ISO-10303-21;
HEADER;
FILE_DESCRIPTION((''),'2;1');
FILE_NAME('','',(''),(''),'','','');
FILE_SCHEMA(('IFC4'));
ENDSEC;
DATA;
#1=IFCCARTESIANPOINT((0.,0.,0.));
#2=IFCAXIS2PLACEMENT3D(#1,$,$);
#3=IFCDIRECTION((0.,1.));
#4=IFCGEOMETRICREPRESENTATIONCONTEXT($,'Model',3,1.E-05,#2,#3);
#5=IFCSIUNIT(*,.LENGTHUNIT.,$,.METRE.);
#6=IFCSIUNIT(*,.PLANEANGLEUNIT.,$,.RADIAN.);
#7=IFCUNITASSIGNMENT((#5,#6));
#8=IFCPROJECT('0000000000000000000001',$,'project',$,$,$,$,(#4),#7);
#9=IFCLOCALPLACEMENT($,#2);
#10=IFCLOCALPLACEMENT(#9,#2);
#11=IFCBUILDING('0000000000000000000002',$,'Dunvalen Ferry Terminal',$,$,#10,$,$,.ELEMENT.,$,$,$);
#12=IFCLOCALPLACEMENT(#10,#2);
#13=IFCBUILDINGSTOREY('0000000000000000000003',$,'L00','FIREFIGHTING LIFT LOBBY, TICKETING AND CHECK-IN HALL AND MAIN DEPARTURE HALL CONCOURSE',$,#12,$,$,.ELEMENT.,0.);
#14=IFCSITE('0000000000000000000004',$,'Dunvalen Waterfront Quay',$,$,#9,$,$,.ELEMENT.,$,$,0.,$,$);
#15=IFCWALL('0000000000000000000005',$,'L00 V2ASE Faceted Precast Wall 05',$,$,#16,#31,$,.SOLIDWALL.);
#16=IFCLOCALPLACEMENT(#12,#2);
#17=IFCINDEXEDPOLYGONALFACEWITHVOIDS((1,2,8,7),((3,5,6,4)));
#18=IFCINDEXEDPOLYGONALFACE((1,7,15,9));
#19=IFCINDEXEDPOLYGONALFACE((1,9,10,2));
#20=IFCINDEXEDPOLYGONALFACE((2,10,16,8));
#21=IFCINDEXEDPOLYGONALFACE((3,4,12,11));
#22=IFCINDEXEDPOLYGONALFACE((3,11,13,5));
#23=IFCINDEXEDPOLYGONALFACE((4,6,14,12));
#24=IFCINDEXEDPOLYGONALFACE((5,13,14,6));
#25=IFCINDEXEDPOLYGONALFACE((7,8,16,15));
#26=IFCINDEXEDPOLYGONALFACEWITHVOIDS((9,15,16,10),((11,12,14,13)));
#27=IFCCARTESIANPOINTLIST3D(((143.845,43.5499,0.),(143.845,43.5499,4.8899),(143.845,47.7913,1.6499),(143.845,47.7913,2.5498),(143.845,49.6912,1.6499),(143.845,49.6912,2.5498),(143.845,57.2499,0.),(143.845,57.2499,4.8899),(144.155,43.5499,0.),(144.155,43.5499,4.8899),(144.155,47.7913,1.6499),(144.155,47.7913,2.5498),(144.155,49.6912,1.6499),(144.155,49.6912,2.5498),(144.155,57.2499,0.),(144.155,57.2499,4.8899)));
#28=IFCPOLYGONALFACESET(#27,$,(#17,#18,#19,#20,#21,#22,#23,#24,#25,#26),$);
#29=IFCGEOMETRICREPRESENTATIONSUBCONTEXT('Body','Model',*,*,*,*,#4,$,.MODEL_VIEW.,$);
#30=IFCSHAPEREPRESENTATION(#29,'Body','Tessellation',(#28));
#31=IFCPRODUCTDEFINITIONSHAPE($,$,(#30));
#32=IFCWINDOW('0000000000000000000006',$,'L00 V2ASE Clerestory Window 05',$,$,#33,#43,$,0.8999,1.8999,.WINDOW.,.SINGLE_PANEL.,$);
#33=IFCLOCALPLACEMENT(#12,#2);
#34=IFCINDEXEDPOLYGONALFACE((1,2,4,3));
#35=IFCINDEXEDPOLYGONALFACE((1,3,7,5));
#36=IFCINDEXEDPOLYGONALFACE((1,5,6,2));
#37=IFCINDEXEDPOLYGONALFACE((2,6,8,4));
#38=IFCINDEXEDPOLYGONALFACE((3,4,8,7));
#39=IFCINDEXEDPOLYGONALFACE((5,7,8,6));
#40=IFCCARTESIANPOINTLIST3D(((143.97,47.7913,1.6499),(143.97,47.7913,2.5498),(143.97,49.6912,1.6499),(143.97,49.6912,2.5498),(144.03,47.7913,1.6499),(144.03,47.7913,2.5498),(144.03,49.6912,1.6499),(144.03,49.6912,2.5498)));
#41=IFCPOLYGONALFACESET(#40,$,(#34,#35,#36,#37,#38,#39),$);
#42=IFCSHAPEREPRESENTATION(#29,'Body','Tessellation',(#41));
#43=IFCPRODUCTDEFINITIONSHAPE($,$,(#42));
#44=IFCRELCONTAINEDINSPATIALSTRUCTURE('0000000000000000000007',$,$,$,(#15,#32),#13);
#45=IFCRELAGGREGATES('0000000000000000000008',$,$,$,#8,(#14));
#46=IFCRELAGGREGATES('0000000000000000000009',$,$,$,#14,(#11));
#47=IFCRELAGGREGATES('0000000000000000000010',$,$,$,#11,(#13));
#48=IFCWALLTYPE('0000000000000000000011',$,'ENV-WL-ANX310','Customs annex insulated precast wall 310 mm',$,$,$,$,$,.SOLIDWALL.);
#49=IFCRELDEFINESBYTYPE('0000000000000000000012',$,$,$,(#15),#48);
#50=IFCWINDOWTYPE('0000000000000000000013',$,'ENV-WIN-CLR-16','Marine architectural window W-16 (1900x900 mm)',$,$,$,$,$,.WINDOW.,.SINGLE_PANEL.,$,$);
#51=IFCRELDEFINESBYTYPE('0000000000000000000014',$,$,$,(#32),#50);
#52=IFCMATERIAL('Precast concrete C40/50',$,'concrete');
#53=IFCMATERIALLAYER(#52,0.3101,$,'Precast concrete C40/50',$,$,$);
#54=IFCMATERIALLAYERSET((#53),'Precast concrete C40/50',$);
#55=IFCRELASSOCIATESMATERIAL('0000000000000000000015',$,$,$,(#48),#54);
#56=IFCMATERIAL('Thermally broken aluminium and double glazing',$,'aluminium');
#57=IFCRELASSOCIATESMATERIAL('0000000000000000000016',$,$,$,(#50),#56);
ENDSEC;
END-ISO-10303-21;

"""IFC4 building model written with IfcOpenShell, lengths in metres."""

from ifc_helpers import new_model, si_unit, direction, frame, frame_2d, origin, place, context, subcontext, project, spatial, rectangle, extrude, material, layer, layer_set, type_object, element, fill, save


model = new_model("IFC4")

# Units and contexts
model_context = context("Model", 3, precision=1e-05, world=origin(), true_north=direction((0.0, 1.0)))
body_context = subcontext(model_context, "Body", "Model", "MODEL_VIEW")
ifc_project = project(units=[si_unit("LENGTHUNIT", "METRE"), si_unit("PLANEANGLEUNIT", "RADIAN")], contexts=[model_context])

# Site, building, storey
site_placement = place(None, origin())
site = spatial("IfcSite", under=ifc_project, at=site_placement, Name="Dunvalen Waterfront Quay", CompositionType="ELEMENT", RefElevation=0.0)
building_placement = place(site_placement, origin())
building = spatial("IfcBuilding", under=site, at=building_placement, Name="Dunvalen Ferry Terminal", CompositionType="ELEMENT")
storey_placement = place(building_placement, origin())
storey = spatial("IfcBuildingStorey", under=building, at=storey_placement, Name="L00", Description="FIREFIGHTING LIFT LOBBY, TICKETING AND CHECK-IN HALL AND MAIN DEPARTURE HALL CONCOURSE", CompositionType="ELEMENT", Elevation=0.0)

# Shared definitions
ifc_material_1 = material(Name="Precast concrete C40/50", Category="concrete")
ifc_layer_1 = layer(ifc_material_1, 0.3101, Name="Precast concrete C40/50")
ifc_layer_set_1 = layer_set([ifc_layer_1], Name="Precast concrete C40/50")
wall_type = type_object("IfcWallType", Name="ENV-WL-ANX310", Description="Customs annex insulated precast wall 310 mm", PredefinedType="SOLIDWALL", material=ifc_layer_set_1)

# Wall, opening, window
wall_1_placement = place(storey_placement, frame((144.0, 57.25, 0.0), z_axis=(0.0, 0.0, 1.0), x_axis=(0.0, -1.0, 0.0)))
wall_1 = element("IfcWall", 1, at=wall_1_placement, inside=storey, type_object=wall_type, Name="L00 V2ASE Faceted Precast Wall 05", PredefinedType="SOLIDWALL", context=body_context, shape_type="SweptSolid", body=[
    extrude(rectangle(XDim=13.7, YDim=0.3101, at=frame_2d((6.8501, 0.0))), origin(), (0.0, 0.0, 1.0), 4.8899),
])
opening_1_placement = place(wall_1_placement, frame((7.5588, 0.0, 1.6499)))
opening_1 = element("IfcOpeningElement", 2, at=opening_1_placement, cuts=wall_1, PredefinedType="OPENING", context=body_context, shape_type="SweptSolid", body=[
    extrude(rectangle(XDim=1.8999, YDim=0.8999, at=frame_2d((0.95, 0.45))), frame((0.0, 0.165, 0.0), z_axis=(0.0, -1.0, 0.0), x_axis=(1.0, 0.0, 0.0)), (0.0, 0.0, 1.0), 0.3301),
])
ifc_material_2 = material(Name="Thermally broken aluminium and double glazing", Category="aluminium")
window_type = type_object("IfcWindowType", Name="ENV-WIN-CLR-16", Description="Marine architectural window W-16 (1900x900 mm)", PartitioningType="SINGLE_PANEL", PredefinedType="WINDOW", material=ifc_material_2)
window_placement = place(opening_1_placement, origin())
window = element("IfcWindow", 3, at=window_placement, inside=storey, type_object=window_type, Name="L00 V2ASE Clerestory Window 05", OverallHeight=0.8999, OverallWidth=1.8999, PartitioningType="SINGLE_PANEL", PredefinedType="WINDOW", context=body_context, shape_type="SweptSolid", body=[
    extrude(rectangle(XDim=1.8999, YDim=0.8999, at=frame_2d((0.95, 0.45))), frame((0.0, 0.03, 0.0), z_axis=(0.0, -1.0, 0.0), x_axis=(1.0, 0.0, 0.0)), (0.0, 0.0, 1.0), 0.0601),
])
fill(opening_1, window)

save(model, "model.ifc")
